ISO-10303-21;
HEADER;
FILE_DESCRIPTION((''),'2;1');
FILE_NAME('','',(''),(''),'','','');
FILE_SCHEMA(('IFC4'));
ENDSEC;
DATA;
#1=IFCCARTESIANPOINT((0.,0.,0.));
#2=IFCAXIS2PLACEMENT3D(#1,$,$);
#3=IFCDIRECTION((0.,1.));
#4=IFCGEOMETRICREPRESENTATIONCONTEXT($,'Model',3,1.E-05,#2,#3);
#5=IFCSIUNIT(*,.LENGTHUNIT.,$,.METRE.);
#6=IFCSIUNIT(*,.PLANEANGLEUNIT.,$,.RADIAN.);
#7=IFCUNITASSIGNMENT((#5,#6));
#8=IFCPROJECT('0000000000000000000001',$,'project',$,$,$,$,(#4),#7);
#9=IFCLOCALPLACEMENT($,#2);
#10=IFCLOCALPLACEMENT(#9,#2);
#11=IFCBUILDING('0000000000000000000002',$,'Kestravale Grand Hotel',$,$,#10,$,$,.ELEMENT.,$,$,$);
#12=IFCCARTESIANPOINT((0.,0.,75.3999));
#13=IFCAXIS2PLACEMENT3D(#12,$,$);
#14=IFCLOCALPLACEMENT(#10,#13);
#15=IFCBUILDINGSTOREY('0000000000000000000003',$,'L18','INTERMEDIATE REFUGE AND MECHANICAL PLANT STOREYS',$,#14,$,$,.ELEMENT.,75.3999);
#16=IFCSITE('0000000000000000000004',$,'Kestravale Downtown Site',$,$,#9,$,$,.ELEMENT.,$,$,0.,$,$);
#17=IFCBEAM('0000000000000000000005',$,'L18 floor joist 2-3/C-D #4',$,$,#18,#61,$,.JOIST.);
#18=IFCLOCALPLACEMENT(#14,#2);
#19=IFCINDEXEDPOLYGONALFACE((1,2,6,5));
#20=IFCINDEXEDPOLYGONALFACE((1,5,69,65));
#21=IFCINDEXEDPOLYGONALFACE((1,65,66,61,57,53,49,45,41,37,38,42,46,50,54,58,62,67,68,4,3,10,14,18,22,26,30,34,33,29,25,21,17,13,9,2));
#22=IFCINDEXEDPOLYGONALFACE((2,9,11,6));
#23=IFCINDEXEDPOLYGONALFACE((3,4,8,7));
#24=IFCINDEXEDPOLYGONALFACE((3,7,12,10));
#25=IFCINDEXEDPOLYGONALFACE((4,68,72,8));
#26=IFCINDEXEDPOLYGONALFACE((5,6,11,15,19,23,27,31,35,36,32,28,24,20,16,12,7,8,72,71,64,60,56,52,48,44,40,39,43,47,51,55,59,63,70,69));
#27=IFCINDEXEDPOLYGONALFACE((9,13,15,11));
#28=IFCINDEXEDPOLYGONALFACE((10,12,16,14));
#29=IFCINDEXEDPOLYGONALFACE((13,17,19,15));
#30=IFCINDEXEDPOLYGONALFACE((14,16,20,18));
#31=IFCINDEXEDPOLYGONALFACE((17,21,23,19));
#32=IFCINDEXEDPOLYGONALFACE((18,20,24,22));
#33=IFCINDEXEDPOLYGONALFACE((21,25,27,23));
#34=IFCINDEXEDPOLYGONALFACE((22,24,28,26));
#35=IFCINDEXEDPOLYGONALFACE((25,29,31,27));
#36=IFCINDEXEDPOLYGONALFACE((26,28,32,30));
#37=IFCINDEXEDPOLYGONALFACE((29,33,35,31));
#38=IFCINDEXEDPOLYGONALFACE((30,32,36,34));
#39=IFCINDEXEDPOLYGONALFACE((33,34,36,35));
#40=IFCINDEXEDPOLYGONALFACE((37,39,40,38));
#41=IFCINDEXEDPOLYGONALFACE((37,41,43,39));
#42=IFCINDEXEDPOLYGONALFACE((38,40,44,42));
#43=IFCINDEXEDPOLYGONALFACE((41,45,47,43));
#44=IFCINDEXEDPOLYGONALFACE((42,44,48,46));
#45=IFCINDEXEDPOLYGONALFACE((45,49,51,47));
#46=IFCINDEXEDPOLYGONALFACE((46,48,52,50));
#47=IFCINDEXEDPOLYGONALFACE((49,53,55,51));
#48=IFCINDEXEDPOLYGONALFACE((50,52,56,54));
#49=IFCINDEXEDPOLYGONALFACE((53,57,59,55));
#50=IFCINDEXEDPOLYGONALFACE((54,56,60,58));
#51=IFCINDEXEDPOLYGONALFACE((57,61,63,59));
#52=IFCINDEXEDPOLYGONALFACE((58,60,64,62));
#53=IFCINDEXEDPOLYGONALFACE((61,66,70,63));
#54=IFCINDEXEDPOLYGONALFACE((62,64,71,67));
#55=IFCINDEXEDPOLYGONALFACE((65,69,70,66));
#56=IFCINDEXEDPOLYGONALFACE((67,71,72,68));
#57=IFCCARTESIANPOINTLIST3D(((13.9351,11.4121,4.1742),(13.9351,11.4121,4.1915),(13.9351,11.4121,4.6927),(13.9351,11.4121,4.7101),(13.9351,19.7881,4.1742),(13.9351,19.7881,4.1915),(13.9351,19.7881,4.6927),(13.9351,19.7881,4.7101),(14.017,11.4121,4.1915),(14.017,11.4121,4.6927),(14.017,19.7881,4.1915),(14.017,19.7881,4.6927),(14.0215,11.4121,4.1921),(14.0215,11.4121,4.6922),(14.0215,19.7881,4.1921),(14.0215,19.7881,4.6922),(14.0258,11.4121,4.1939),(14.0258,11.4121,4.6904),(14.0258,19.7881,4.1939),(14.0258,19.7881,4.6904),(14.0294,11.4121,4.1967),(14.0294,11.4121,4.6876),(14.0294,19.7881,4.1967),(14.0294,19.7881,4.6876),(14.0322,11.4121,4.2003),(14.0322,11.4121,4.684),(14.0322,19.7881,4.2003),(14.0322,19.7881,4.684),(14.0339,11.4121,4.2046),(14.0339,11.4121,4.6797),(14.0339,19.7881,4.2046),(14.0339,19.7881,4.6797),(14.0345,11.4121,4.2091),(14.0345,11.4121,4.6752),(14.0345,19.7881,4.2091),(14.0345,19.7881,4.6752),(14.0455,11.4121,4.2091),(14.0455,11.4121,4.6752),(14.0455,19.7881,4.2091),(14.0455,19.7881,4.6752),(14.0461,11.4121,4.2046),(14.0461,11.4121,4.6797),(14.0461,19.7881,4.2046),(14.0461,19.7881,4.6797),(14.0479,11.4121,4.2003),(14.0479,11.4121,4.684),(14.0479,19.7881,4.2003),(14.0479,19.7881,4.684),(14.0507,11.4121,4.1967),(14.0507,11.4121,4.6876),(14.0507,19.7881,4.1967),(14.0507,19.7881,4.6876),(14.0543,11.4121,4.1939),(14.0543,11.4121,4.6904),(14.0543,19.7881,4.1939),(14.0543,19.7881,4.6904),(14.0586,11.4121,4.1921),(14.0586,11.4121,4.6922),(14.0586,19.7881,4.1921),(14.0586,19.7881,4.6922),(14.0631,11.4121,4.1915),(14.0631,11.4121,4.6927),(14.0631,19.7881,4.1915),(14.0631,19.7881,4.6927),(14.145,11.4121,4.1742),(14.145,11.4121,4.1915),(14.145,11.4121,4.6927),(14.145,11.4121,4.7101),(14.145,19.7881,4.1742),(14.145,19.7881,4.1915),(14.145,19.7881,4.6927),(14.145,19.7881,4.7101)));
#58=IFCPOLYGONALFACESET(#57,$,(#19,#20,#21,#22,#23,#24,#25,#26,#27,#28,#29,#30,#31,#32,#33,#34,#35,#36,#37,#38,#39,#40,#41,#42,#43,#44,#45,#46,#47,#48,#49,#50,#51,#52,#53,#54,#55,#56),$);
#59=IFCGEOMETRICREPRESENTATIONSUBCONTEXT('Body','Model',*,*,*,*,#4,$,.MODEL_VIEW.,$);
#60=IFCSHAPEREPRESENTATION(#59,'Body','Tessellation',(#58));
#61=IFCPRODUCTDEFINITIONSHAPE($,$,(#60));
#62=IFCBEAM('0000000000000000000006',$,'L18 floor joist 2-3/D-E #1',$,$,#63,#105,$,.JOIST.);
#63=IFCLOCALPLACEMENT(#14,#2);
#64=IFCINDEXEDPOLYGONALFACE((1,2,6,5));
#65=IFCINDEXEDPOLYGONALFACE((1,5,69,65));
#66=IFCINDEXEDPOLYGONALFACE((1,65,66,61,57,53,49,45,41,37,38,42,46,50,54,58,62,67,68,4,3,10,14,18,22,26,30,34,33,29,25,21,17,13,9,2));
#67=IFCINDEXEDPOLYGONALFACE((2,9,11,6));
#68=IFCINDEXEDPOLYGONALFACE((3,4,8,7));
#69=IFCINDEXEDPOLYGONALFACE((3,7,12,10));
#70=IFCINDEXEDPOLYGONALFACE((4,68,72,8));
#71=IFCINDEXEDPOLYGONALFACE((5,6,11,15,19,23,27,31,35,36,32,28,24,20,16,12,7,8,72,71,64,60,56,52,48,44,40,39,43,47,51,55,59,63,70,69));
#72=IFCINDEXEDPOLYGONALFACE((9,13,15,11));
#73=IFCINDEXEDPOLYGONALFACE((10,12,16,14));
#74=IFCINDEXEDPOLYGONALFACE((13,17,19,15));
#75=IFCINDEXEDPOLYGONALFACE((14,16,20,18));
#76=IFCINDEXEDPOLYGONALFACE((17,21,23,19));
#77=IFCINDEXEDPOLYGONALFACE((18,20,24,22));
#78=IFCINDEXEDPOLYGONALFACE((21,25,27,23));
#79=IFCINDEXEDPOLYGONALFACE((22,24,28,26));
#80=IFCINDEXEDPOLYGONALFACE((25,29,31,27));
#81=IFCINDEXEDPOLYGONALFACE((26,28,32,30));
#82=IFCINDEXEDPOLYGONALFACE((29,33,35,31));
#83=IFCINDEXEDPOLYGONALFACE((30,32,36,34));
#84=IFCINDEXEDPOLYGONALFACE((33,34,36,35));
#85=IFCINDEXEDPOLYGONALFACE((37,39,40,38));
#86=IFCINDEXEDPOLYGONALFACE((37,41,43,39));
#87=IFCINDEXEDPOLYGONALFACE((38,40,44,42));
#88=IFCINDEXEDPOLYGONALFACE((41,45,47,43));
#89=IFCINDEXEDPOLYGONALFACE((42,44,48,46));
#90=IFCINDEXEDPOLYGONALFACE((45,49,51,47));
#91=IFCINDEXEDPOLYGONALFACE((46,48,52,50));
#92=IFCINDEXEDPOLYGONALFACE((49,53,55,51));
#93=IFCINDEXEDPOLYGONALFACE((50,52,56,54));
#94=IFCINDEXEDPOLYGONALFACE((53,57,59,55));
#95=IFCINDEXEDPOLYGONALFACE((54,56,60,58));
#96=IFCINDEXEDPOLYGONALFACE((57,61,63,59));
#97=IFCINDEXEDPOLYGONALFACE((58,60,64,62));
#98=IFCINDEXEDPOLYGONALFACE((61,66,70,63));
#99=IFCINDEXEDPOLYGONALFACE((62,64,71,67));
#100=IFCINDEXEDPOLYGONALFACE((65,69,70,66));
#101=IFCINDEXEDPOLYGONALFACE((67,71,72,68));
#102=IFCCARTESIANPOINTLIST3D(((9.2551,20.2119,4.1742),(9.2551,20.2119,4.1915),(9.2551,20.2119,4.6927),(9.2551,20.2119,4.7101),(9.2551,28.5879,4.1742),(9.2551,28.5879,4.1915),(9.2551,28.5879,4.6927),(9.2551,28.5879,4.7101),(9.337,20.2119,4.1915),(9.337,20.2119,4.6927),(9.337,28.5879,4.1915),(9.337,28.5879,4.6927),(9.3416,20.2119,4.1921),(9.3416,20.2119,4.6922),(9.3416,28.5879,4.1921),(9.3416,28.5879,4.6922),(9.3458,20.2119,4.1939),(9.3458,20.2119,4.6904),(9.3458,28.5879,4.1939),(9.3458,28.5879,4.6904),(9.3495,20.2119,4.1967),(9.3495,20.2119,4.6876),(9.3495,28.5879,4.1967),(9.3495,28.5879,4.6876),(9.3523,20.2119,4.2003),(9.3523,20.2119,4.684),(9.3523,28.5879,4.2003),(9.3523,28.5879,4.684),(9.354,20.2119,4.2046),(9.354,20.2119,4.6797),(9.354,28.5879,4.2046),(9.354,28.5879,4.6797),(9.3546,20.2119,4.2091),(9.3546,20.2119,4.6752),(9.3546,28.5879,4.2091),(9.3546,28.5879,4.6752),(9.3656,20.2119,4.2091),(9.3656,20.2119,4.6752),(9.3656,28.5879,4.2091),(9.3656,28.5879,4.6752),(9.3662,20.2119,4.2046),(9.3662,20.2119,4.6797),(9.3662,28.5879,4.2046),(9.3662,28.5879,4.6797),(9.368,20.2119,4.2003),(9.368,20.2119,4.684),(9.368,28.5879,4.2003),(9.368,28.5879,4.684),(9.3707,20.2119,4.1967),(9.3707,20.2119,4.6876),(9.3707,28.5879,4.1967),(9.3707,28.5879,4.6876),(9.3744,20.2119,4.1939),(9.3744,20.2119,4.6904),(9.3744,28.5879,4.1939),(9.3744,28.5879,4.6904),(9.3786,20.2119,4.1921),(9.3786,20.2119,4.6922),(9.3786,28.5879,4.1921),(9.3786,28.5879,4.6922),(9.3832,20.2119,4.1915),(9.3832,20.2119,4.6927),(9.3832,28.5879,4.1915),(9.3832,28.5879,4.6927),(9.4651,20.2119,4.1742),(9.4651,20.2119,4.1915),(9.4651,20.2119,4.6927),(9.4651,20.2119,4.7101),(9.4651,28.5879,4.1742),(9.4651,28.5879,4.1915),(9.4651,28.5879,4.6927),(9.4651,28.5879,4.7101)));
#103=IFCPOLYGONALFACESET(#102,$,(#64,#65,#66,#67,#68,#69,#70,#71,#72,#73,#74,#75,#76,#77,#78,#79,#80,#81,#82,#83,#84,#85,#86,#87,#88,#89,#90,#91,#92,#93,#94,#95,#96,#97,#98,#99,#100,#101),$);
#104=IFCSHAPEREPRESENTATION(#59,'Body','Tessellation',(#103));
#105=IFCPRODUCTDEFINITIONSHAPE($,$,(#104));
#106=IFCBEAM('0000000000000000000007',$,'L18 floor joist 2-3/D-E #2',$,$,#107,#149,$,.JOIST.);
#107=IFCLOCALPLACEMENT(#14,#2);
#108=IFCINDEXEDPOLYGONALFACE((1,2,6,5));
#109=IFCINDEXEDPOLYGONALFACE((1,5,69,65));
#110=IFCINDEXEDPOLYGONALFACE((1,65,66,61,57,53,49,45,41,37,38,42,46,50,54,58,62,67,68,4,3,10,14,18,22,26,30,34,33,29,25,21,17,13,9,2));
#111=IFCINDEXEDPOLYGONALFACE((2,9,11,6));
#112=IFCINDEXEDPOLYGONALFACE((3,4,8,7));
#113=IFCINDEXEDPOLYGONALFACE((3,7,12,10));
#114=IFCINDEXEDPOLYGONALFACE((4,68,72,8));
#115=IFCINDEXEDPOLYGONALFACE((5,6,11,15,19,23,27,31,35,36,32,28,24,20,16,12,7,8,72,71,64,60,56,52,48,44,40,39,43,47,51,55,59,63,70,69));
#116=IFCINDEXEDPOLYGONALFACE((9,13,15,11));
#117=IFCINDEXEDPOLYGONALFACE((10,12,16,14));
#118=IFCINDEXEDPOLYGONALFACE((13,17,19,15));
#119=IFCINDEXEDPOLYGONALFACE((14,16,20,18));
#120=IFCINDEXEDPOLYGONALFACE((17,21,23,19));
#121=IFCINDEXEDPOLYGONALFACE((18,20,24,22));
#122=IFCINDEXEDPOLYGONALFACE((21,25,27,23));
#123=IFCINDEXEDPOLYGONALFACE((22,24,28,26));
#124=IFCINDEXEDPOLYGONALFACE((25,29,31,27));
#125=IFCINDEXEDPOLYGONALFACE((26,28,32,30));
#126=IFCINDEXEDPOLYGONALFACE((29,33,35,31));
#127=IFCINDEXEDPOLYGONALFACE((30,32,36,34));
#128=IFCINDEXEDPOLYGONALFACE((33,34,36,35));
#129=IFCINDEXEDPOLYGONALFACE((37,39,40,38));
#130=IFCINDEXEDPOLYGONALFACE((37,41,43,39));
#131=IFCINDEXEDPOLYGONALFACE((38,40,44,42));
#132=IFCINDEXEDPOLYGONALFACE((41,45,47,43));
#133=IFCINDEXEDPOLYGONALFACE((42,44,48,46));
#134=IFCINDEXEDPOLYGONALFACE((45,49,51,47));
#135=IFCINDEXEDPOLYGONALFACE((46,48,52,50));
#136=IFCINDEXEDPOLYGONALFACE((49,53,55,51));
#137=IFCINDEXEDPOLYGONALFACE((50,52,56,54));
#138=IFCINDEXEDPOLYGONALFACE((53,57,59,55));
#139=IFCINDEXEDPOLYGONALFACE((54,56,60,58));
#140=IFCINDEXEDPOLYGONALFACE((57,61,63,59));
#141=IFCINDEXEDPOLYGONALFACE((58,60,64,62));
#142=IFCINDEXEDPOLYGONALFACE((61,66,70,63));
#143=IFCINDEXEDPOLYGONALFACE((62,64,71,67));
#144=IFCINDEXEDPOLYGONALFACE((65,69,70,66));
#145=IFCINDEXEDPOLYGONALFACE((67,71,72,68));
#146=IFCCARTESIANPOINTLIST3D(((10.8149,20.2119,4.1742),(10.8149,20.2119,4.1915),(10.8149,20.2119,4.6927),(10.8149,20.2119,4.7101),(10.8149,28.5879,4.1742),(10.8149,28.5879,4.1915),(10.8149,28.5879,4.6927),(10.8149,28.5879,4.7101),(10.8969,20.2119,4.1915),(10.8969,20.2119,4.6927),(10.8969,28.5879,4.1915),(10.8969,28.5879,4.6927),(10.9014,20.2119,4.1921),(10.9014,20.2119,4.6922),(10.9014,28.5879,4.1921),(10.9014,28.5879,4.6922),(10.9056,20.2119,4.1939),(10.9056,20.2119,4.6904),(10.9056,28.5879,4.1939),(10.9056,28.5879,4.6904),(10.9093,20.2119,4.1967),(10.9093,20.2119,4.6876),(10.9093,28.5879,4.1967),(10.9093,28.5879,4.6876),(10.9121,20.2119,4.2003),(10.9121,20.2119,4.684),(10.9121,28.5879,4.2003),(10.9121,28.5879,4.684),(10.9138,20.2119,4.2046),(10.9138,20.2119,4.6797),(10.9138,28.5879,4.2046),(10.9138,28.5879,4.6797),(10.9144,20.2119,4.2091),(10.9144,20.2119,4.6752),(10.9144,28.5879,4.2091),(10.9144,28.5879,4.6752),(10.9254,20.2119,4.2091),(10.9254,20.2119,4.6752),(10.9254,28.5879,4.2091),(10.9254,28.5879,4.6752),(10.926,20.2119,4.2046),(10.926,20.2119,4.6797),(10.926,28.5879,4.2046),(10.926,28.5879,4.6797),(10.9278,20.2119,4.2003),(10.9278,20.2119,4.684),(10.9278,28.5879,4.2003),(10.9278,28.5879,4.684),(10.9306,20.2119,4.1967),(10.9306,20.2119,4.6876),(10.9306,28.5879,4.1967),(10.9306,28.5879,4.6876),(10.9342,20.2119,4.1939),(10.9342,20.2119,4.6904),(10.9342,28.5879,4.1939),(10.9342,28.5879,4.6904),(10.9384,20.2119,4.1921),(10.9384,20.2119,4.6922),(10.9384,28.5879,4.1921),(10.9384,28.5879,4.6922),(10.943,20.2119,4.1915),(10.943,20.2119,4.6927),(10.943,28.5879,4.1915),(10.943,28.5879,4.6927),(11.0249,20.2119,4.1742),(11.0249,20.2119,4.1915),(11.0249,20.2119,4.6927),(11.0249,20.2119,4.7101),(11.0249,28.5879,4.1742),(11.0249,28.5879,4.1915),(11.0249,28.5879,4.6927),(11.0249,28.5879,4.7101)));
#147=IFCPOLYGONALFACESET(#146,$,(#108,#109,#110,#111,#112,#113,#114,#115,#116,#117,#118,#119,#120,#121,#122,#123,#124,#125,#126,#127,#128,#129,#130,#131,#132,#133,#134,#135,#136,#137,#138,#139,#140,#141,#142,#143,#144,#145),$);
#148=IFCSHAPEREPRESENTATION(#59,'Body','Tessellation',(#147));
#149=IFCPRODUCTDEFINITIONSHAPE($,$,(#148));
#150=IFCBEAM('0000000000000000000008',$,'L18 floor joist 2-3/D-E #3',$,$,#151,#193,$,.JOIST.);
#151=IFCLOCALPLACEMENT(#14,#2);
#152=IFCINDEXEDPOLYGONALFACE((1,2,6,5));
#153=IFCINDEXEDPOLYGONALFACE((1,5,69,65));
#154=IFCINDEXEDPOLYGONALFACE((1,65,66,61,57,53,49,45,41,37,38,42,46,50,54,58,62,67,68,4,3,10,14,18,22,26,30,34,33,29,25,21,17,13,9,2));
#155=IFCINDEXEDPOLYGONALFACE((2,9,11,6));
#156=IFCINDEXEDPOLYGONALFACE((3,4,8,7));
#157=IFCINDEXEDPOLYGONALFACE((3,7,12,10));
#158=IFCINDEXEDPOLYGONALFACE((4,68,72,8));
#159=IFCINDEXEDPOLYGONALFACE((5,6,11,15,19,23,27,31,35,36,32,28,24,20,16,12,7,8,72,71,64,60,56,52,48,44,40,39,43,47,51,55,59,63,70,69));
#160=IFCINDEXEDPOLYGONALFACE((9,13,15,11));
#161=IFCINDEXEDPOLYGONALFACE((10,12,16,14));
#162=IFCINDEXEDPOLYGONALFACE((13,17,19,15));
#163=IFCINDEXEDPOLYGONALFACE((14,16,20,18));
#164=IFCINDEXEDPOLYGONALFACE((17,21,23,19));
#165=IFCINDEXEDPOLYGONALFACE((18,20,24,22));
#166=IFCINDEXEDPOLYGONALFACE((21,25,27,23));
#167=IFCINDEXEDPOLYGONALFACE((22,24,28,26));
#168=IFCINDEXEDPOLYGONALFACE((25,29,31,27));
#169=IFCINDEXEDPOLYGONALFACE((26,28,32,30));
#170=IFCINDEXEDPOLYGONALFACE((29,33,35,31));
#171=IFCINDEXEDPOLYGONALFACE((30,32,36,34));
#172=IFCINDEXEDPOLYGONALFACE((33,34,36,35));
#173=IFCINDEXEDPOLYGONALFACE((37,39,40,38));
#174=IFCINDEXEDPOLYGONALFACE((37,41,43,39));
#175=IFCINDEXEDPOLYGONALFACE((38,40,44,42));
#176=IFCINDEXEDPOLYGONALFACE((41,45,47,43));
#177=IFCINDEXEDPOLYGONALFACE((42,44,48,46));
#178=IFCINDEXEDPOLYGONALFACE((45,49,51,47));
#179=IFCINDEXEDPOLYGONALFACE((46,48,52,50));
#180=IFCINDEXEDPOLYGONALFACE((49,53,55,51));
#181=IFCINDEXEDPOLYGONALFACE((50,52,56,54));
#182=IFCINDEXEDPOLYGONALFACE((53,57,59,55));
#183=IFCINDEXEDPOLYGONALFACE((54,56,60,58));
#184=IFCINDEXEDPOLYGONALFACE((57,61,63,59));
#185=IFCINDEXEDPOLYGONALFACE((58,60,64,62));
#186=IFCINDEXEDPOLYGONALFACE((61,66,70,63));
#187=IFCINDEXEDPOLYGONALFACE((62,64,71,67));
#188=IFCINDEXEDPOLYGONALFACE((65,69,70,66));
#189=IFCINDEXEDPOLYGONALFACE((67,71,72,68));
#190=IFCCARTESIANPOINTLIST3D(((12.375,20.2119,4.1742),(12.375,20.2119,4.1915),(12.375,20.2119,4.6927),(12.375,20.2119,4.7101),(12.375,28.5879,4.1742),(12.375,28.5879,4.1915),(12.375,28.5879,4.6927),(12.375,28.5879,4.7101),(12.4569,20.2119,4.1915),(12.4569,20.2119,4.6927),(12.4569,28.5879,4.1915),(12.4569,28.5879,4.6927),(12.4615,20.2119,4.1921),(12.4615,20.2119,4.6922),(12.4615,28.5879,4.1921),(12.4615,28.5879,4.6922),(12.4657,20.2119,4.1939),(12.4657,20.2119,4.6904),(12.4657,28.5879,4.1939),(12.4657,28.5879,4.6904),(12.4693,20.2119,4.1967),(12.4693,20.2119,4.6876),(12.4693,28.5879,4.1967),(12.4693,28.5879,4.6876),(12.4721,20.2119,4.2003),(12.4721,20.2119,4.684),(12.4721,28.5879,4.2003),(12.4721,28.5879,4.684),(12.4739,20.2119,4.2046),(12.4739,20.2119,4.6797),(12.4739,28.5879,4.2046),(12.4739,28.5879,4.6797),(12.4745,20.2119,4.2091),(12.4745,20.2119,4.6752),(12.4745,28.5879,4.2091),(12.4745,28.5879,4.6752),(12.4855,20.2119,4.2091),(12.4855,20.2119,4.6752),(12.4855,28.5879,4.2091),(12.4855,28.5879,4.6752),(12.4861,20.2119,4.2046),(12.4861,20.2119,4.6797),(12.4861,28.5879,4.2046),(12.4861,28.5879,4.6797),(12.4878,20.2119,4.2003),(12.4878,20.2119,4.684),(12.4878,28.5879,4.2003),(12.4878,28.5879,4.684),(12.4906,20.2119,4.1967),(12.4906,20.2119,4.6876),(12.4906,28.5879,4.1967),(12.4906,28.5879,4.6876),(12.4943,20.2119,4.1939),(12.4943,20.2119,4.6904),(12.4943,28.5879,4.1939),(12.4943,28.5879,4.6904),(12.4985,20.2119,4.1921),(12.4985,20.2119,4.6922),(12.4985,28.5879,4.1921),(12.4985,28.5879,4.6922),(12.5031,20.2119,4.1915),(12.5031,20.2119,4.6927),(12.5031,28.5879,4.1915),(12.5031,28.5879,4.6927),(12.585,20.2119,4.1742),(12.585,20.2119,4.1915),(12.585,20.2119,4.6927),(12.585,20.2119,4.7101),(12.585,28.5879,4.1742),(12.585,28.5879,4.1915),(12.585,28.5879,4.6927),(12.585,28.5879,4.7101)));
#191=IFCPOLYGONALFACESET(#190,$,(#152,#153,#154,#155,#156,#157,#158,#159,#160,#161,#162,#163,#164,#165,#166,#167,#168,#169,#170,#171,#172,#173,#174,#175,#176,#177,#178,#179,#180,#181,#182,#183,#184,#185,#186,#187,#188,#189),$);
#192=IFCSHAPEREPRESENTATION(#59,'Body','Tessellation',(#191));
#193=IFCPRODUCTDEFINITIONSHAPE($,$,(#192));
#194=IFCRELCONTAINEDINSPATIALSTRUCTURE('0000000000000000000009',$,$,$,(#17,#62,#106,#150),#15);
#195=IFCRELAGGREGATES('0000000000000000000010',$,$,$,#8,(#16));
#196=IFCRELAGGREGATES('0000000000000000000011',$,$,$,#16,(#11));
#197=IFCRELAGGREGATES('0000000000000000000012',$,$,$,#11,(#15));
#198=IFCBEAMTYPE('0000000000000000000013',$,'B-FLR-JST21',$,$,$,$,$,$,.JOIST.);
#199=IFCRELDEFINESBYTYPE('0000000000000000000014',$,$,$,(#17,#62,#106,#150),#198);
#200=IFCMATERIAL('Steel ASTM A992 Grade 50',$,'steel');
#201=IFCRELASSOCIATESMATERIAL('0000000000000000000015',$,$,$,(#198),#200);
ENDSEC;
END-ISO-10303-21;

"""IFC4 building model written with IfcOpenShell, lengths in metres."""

from ifc_helpers import new_model, si_unit, direction, frame, origin, origin_2d, place, context, subcontext, project, spatial, i_section, extrude, material, material_profile, profile_set, type_object, element, save


model = new_model("IFC4")

# Units and contexts
model_context = context("Model", 3, precision=1e-05, world=origin(), true_north=direction((0.0, 1.0)))
body_context = subcontext(model_context, "Body", "Model", "MODEL_VIEW")
ifc_project = project(units=[si_unit("LENGTHUNIT", "METRE"), si_unit("PLANEANGLEUNIT", "RADIAN")], contexts=[model_context])

# Site, building, storey
site_placement = place(None, origin())
site = spatial("IfcSite", under=ifc_project, at=site_placement, Name="Kestravale Downtown Site", CompositionType="ELEMENT", RefElevation=0.0)
building_placement = place(site_placement, origin())
building = spatial("IfcBuilding", under=site, at=building_placement, Name="Kestravale Grand Hotel", CompositionType="ELEMENT")
storey_placement = place(building_placement, frame((0.0, 0.0, 75.3999)))
storey = spatial("IfcBuildingStorey", under=building, at=storey_placement, Name="L18", Description="INTERMEDIATE REFUGE AND MECHANICAL PLANT STOREYS", CompositionType="ELEMENT", Elevation=75.3999)

# Beams
ifc_material_1 = material(Name="Steel ASTM A992 Grade 50", Category="steel")
ifc_material_profile_1 = material_profile(ifc_material_1, i_section(OverallWidth=0.21, OverallDepth=0.5359, WebThickness=0.011, FlangeThickness=0.0173, FilletRadius=0.0176, at=origin_2d()))
ifc_profile_set_1 = profile_set([ifc_material_profile_1], Name="Steel ASTM A992 Grade 50")
beam_type_1 = type_object("IfcBeamType", Name="B-FLR-JST21", PredefinedType="JOIST", material=ifc_profile_set_1)
for number, where, z_axis, x_axis, name in (
    (1, (14.04, 11.4121, 4.4421), (0.0, 1.0, 0.0), (-1.0, 0.0, 0.0), "L18 floor joist 2-3/C-D #4"),
    (2, (9.3601, 20.2119, 4.4421), (0.0, 1.0, 0.0), (-1.0, 0.0, 0.0), "L18 floor joist 2-3/D-E #1"),
    (3, (10.9199, 20.2119, 4.4421), (0.0, 1.0, 0.0), (-1.0, 0.0, 0.0), "L18 floor joist 2-3/D-E #2"),
    (4, (12.48, 20.2119, 4.4421), (0.0, 1.0, 0.0), (-1.0, 0.0, 0.0), "L18 floor joist 2-3/D-E #3"),
):
    element("IfcBeam", number, at=place(storey_placement, frame(where, z_axis=z_axis, x_axis=x_axis)), inside=storey, type_object=beam_type_1, Name=name, PredefinedType="JOIST", context=body_context, shape_type="SweptSolid", body=[
        extrude(i_section(OverallWidth=0.21, OverallDepth=0.5359, WebThickness=0.011, FlangeThickness=0.0173, FilletRadius=0.0176, at=origin_2d()), origin(), (0.0, 0.0, 1.0), 8.376),
    ])

save(model, "model.ifc")
